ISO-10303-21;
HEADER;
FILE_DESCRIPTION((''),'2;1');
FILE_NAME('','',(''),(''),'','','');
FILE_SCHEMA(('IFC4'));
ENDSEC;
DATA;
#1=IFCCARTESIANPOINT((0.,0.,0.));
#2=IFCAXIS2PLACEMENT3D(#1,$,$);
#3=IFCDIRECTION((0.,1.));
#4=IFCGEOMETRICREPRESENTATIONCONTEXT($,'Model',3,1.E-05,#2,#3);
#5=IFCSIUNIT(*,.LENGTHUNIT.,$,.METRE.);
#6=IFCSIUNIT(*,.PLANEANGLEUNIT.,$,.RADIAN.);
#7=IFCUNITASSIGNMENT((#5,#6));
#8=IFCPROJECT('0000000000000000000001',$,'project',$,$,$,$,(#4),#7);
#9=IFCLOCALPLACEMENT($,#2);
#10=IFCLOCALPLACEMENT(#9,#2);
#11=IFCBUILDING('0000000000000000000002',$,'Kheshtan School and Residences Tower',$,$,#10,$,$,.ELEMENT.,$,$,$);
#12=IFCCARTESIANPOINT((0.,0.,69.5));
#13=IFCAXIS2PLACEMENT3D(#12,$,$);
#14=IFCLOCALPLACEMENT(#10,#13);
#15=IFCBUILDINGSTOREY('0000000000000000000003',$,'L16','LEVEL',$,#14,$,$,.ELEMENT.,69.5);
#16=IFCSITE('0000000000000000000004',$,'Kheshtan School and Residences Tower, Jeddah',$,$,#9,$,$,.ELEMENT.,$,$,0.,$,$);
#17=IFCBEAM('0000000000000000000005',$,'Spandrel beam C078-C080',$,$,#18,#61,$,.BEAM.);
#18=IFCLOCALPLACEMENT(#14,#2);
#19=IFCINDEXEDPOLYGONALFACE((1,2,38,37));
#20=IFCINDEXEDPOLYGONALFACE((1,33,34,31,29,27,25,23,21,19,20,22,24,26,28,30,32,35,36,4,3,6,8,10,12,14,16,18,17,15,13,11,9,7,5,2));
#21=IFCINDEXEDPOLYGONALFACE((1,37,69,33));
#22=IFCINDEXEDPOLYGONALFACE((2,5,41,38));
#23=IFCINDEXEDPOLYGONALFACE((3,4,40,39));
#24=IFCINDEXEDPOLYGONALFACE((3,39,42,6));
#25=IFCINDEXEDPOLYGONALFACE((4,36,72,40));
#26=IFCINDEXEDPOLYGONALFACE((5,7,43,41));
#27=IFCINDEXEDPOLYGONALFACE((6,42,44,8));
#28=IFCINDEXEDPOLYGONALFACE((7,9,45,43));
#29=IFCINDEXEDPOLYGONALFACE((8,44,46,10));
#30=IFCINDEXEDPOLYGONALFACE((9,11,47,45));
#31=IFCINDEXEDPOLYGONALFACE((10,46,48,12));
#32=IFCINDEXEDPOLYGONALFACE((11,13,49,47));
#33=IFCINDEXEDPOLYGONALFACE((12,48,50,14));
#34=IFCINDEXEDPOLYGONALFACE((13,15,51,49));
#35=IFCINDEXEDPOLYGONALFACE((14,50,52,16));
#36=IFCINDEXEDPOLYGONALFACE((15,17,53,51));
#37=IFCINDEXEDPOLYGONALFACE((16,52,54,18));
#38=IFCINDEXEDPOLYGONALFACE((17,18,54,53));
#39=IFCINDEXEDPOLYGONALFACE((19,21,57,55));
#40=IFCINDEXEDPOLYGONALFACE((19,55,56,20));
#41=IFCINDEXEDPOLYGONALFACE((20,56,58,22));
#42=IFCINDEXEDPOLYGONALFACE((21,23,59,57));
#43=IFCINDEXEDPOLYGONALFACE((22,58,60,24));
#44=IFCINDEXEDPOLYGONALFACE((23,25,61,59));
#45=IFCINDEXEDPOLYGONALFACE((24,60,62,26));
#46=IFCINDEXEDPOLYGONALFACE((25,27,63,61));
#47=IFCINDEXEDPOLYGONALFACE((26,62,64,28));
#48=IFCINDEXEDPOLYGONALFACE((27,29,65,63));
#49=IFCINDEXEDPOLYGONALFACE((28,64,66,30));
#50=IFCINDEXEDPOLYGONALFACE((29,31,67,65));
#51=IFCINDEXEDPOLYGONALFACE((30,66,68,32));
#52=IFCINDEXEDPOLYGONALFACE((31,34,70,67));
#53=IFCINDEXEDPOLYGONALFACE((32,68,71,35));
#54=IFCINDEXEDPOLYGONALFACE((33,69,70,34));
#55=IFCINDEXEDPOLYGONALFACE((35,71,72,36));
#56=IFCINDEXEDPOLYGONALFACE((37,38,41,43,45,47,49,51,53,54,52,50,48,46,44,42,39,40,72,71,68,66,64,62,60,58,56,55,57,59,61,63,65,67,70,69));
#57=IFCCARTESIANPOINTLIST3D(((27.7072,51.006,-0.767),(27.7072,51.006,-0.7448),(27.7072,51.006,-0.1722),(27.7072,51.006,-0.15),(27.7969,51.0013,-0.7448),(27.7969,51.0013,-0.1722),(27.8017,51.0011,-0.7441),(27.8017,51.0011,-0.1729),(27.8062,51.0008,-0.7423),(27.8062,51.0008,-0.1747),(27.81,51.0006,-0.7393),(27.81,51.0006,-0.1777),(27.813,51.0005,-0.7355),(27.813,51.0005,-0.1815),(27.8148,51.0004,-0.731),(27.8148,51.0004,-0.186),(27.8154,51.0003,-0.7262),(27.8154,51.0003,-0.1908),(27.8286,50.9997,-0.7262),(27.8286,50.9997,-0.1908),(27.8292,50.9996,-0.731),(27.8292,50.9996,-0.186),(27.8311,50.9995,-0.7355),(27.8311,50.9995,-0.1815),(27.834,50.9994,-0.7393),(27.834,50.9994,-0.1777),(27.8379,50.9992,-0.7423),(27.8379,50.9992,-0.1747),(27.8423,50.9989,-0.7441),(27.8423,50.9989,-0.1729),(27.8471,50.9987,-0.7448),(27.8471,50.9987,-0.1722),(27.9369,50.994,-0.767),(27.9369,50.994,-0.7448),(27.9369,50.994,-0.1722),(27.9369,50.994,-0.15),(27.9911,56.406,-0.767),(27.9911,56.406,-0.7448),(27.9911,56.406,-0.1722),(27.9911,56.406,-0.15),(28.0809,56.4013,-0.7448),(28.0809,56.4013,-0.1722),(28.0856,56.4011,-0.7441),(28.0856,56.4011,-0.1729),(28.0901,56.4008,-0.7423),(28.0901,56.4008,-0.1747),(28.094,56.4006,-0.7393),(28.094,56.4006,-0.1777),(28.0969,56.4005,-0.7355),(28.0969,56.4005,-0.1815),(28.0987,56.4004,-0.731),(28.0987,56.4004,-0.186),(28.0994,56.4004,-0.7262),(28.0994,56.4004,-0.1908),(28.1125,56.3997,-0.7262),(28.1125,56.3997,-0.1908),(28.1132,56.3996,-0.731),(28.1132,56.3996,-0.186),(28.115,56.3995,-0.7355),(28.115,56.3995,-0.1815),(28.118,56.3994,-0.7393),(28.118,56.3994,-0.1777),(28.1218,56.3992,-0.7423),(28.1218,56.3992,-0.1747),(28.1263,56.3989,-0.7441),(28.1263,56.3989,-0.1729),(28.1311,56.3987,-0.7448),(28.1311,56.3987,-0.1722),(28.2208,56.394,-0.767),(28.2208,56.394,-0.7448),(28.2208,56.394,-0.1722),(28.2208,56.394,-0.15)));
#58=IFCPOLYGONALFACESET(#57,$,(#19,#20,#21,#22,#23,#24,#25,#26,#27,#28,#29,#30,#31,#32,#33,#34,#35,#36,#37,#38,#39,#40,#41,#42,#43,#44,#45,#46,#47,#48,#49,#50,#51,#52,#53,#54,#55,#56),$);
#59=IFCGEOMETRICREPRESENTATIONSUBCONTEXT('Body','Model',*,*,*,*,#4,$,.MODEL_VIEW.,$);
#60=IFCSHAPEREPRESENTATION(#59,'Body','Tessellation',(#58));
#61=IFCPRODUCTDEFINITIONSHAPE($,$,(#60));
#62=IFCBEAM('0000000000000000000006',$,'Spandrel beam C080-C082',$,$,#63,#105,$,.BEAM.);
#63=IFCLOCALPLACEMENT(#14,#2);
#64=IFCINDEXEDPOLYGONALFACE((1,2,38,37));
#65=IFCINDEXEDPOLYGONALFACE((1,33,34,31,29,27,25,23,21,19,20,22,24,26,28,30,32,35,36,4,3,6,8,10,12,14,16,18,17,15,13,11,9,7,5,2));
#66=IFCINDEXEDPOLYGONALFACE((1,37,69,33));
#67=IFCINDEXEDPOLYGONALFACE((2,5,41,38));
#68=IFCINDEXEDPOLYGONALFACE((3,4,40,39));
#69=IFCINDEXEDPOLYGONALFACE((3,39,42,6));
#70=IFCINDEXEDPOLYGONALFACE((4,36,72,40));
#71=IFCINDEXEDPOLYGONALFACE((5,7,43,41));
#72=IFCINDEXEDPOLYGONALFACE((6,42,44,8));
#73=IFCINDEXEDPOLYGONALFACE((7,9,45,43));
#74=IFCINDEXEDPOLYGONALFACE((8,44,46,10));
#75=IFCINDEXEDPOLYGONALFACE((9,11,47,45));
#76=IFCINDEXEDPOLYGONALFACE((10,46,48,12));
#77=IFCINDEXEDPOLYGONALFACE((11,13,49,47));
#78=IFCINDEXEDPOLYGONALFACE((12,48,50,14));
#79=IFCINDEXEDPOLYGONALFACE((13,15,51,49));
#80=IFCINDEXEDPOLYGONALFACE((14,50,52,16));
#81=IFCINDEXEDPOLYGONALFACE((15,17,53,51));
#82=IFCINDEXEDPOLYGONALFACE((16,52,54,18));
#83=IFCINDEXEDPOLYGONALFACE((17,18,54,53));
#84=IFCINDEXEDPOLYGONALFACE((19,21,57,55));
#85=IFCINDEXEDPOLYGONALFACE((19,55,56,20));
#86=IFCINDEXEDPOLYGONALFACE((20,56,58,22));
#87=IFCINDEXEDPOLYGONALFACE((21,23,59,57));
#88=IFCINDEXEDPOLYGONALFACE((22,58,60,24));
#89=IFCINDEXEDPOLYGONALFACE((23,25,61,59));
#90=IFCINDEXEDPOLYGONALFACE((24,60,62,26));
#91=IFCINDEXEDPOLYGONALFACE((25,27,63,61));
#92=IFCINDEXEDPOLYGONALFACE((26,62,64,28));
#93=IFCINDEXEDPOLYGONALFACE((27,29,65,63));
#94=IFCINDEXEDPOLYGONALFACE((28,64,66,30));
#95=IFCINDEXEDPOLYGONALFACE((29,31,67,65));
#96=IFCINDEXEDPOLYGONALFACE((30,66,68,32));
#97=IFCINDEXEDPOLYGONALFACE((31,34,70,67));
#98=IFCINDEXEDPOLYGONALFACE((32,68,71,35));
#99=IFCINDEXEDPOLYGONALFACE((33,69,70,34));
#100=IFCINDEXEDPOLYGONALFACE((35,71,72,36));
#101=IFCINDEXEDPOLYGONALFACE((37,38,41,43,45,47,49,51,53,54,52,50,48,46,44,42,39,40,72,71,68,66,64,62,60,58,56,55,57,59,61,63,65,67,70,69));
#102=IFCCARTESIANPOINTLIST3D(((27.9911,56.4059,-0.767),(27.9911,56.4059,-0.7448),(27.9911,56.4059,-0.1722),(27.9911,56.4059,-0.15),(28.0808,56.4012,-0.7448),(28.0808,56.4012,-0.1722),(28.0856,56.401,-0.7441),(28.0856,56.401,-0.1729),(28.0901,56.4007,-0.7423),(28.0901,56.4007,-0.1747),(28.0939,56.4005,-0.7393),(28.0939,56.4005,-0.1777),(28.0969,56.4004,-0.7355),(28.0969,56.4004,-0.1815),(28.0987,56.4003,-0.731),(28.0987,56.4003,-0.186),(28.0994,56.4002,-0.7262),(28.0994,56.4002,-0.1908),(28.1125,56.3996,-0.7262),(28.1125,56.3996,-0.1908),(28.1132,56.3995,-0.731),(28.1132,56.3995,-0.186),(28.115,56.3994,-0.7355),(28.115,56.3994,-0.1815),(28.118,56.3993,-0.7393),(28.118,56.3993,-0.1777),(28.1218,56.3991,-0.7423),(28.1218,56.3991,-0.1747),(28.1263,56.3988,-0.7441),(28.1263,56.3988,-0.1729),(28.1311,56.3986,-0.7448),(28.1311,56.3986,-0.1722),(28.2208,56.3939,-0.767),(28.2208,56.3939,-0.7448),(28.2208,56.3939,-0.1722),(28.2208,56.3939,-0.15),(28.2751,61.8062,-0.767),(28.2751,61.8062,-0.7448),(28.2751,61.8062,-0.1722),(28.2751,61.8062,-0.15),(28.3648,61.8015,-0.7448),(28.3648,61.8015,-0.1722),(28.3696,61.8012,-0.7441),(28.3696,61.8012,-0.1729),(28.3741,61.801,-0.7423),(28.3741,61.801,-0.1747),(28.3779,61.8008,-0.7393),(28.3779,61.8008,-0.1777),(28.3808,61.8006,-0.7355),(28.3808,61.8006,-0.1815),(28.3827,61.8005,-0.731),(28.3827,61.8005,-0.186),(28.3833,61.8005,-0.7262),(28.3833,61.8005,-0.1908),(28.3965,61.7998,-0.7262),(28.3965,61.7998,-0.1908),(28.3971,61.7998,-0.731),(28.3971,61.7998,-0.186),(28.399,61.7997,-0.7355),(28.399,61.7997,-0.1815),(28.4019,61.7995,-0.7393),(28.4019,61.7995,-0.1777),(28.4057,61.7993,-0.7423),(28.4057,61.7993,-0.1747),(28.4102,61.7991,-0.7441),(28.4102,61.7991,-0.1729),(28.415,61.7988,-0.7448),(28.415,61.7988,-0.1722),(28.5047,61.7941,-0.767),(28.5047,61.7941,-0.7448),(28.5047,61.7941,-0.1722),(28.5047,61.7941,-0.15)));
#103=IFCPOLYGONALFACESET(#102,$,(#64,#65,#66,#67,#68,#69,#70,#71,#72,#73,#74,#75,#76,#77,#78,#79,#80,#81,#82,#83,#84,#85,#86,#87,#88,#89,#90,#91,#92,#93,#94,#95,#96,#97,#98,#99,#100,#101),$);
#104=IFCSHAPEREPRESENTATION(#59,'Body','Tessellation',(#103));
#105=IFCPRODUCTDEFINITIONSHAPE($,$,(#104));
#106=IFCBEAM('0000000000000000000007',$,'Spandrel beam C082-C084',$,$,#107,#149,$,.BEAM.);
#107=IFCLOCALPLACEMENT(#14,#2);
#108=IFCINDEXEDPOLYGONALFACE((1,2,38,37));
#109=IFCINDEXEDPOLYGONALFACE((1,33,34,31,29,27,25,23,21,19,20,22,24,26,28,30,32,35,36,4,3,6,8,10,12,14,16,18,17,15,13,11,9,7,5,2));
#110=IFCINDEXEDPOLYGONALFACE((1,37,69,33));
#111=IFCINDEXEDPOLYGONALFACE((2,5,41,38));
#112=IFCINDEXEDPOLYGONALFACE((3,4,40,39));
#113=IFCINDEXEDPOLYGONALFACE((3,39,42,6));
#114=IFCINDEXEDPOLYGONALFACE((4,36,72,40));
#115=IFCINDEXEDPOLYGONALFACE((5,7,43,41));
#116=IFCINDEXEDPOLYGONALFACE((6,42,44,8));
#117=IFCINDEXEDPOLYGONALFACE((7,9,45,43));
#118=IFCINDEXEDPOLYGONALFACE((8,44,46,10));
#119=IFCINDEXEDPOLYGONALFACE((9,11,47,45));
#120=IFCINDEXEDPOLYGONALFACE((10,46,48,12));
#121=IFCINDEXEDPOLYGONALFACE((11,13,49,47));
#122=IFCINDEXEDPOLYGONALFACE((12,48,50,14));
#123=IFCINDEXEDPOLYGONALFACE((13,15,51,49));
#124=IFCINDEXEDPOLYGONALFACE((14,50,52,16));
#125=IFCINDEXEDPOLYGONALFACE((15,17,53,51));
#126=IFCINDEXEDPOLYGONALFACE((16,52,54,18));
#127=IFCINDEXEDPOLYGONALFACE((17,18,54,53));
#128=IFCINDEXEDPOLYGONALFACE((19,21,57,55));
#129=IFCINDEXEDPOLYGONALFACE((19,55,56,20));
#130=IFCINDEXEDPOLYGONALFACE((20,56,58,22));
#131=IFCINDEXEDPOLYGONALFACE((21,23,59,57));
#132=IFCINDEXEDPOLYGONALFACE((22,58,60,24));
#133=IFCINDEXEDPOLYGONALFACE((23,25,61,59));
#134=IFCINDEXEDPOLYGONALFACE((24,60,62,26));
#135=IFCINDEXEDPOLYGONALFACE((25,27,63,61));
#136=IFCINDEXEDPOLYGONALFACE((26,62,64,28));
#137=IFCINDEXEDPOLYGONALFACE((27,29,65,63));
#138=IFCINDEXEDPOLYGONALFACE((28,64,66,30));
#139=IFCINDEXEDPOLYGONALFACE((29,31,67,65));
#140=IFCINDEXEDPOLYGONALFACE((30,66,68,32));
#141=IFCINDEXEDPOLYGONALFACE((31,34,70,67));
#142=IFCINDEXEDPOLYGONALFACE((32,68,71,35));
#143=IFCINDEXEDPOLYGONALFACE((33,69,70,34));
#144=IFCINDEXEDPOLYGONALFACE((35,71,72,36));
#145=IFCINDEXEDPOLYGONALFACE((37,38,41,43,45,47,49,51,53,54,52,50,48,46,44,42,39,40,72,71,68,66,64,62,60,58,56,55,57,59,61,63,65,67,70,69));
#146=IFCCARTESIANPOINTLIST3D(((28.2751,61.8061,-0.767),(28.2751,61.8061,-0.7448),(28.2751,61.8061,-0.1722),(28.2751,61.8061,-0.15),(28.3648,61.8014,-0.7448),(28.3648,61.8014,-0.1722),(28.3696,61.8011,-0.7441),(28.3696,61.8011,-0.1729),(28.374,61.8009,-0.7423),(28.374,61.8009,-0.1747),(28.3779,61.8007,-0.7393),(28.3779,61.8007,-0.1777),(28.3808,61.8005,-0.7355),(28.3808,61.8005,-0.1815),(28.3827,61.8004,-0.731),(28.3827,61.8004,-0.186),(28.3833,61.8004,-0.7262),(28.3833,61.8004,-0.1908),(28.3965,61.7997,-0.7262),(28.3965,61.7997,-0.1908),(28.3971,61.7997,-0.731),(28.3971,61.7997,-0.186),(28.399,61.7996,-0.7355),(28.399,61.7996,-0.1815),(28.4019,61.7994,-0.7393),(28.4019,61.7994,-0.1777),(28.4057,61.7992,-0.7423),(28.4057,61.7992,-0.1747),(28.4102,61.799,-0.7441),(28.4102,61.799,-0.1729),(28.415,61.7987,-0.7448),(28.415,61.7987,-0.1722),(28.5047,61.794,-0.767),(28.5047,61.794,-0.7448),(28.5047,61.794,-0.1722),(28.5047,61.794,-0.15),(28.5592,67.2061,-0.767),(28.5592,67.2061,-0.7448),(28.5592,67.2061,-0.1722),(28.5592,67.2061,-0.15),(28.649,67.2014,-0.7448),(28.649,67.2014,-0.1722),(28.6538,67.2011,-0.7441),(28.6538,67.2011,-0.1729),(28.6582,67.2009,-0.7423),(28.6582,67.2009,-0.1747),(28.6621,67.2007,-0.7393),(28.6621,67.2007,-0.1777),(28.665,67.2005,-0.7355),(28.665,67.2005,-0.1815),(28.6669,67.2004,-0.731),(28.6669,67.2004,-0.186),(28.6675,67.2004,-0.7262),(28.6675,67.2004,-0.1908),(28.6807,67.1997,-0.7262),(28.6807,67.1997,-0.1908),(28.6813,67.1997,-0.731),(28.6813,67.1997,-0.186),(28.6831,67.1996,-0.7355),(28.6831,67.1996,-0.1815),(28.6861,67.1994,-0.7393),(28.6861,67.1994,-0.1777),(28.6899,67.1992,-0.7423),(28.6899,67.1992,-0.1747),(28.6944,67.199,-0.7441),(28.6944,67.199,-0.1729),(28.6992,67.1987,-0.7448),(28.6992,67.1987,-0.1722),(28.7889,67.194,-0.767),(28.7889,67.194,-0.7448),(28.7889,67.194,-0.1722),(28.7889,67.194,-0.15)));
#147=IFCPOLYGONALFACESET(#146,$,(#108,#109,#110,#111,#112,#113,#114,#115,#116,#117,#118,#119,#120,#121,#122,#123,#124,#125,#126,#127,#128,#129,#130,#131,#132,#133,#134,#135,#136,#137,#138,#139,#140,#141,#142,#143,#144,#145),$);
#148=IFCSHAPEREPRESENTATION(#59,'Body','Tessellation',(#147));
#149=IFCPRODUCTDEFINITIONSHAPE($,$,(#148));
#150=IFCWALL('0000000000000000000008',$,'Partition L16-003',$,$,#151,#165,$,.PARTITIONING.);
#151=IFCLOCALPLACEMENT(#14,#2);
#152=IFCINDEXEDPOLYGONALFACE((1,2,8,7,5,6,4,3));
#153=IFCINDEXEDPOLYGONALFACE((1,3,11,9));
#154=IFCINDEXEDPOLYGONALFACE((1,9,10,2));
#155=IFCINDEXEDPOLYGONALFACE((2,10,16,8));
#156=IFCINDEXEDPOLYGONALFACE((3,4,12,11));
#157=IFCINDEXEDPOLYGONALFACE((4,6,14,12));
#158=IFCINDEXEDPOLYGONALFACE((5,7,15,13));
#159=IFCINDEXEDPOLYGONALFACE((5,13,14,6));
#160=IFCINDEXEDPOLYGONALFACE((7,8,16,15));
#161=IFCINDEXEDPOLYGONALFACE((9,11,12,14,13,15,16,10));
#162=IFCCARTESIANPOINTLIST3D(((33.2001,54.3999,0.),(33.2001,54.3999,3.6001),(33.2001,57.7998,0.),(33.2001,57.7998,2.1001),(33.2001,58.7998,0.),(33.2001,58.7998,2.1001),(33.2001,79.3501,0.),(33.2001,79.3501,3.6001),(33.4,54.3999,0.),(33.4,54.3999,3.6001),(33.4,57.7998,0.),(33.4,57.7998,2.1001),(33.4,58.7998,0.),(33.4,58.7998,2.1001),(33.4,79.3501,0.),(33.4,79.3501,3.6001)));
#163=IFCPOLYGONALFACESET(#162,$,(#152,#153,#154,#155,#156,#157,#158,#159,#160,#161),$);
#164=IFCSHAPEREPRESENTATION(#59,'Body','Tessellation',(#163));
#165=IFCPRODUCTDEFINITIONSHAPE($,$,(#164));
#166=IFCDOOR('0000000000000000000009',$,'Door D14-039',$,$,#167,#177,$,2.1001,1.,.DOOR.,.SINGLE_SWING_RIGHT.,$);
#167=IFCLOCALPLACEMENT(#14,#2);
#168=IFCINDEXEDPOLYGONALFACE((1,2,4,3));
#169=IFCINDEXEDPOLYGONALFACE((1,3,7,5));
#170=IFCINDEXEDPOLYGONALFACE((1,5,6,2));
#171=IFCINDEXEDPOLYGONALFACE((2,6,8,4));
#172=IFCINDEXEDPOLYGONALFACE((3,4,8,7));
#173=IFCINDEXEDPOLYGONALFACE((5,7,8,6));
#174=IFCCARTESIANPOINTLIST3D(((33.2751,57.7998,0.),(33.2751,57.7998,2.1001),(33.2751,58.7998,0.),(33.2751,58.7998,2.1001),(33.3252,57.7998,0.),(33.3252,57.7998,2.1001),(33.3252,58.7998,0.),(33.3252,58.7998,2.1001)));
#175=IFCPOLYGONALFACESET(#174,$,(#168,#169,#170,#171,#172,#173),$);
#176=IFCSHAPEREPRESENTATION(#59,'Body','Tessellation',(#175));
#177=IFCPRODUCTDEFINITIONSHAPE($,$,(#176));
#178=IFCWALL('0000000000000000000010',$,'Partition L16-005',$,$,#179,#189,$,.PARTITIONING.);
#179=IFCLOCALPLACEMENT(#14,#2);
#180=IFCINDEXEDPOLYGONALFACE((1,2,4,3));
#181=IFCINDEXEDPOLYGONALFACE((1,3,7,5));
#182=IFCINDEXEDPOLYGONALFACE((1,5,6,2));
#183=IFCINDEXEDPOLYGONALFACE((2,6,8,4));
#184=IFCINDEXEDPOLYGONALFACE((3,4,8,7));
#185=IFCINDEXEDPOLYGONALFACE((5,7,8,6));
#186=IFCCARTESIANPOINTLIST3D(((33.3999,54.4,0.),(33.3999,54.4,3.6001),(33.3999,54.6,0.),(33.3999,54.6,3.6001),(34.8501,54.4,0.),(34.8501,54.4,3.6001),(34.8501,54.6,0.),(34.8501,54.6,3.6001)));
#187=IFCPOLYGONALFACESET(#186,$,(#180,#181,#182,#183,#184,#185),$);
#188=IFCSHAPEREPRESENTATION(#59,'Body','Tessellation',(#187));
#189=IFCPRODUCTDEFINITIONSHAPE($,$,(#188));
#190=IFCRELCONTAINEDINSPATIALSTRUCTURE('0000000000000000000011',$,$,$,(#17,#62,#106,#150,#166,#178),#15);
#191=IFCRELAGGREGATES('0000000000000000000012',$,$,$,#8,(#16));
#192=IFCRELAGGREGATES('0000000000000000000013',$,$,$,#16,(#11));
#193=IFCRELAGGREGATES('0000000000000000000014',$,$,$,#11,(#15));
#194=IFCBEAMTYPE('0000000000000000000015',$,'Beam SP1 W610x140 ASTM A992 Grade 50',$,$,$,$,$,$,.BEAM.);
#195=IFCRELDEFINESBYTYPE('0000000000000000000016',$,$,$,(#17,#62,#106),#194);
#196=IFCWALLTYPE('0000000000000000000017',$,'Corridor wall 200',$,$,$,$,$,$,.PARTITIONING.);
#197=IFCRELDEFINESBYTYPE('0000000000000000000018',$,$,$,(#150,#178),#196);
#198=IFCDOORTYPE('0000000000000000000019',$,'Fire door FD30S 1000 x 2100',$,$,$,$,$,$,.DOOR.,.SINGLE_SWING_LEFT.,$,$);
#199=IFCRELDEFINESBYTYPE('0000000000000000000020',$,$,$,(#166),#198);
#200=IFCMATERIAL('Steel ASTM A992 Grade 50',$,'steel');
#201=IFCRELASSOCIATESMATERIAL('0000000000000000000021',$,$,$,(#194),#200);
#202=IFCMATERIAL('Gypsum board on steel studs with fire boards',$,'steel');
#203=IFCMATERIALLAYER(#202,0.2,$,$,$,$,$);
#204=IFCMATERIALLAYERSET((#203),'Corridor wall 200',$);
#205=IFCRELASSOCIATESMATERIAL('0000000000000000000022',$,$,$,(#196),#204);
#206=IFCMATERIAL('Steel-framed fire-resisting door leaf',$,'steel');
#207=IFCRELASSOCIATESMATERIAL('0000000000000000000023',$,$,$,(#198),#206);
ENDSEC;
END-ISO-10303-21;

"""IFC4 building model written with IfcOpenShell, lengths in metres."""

from ifc_helpers import new_model, si_unit, direction, frame, frame_2d, origin, origin_2d, place, context, subcontext, project, spatial, rectangle, i_section, extrude, source, transform, mapped, material, layer, layer_set, material_profile, profile_set, type_object, element, fill, save


model = new_model("IFC4")

# Units and contexts
model_context = context("Model", 3, precision=1e-05, world=origin(), true_north=direction((0.0, 1.0)))
body_context = subcontext(model_context, "Body", "Model", "MODEL_VIEW")
ifc_project = project(units=[si_unit("LENGTHUNIT", "METRE"), si_unit("PLANEANGLEUNIT", "RADIAN")], contexts=[model_context])

# Site, building, storey
site_placement = place(None, origin())
site = spatial("IfcSite", under=ifc_project, at=site_placement, Name="Kheshtan School and Residences Tower, Jeddah", CompositionType="ELEMENT", RefElevation=0.0)
building_placement = place(site_placement, origin())
building = spatial("IfcBuilding", under=site, at=building_placement, Name="Kheshtan School and Residences Tower", CompositionType="ELEMENT")
storey_placement = place(building_placement, frame((0.0, 0.0, 69.5)))
storey = spatial("IfcBuildingStorey", under=building, at=storey_placement, Name="L16", Description="LEVEL", CompositionType="ELEMENT", Elevation=69.5)

# Shared definitions
ifc_material_1 = material(Name="Steel ASTM A992 Grade 50", Category="steel")

# Beams
ifc_material_profile_1 = material_profile(ifc_material_1, i_section(OverallWidth=0.23, OverallDepth=0.6169, WebThickness=0.0132, FlangeThickness=0.0222, FilletRadius=0.0186, at=origin_2d()), Name="W610x140")
ifc_profile_set_1 = profile_set([ifc_material_profile_1], Name="Steel ASTM A992 Grade 50")
beam_type_1 = type_object("IfcBeamType", Name="Beam SP1 W610x140 ASTM A992 Grade 50", PredefinedType="BEAM", material=ifc_profile_set_1)
beam_1_placement = place(storey_placement, frame((27.822, 51.0, -0.4585), z_axis=(0.052509, 0.99862, 0.0), x_axis=(-0.99862, 0.052509, 0.0)))
element("IfcBeam", 1, at=beam_1_placement, inside=storey, type_object=beam_type_1, Name="Spandrel beam C078-C080", PredefinedType="BEAM", context=body_context, shape_type="SweptSolid", body=[
    extrude(i_section(OverallWidth=0.23, OverallDepth=0.6169, WebThickness=0.0132, FlangeThickness=0.0222, FilletRadius=0.0186, at=origin_2d()), origin(), (0.0, 0.0, 1.0), 5.4075),
])
beam_2_placement = place(storey_placement, frame((28.106, 56.3999, -0.4585), z_axis=(0.052507, 0.998621, 0.0), x_axis=(-0.998621, 0.052507, 0.0)))
element("IfcBeam", 2, at=beam_2_placement, inside=storey, type_object=beam_type_1, Name="Spandrel beam C080-C082", PredefinedType="BEAM", context=body_context, shape_type="SweptSolid", body=[
    extrude(i_section(OverallWidth=0.23, OverallDepth=0.6169, WebThickness=0.0132, FlangeThickness=0.0222, FilletRadius=0.0186, at=origin_2d()), origin(), (0.0, 0.0, 1.0), 5.4077),
])
beam_3_placement = place(storey_placement, frame((28.3899, 61.8, -0.4585), z_axis=(0.052554, 0.998618, 0.0), x_axis=(-0.998618, 0.052554, 0.0)))
element("IfcBeam", 3, at=beam_3_placement, inside=storey, type_object=beam_type_1, Name="Spandrel beam C082-C084", PredefinedType="BEAM", context=body_context, shape_type="SweptSolid", body=[
    extrude(i_section(OverallWidth=0.23, OverallDepth=0.6169, WebThickness=0.0132, FlangeThickness=0.0222, FilletRadius=0.0186, at=origin_2d()), origin(), (0.0, 0.0, 1.0), 5.4075),
])

# Wall, opening, door
ifc_material_2 = material(Name="Gypsum board on steel studs with fire boards", Category="steel")
ifc_layer_1 = layer(ifc_material_2, 0.2)
ifc_layer_set_1 = layer_set([ifc_layer_1], Name="Corridor wall 200")
wall_type_1 = type_object("IfcWallType", Name="Corridor wall 200", PredefinedType="PARTITIONING", material=ifc_layer_set_1)
wall_1_placement = place(storey_placement, frame((33.3, 54.3999, 0.0), z_axis=(0.0, 0.0, 1.0), x_axis=(0.0, 1.0, 0.0)))
wall_1 = element("IfcWall", 4, at=wall_1_placement, inside=storey, type_object=wall_type_1, Name="Partition L16-003", PredefinedType="PARTITIONING", context=body_context, shape_type="SweptSolid", body=[
    extrude(rectangle(XDim=24.9502, YDim=0.2, at=frame_2d((12.4751, 0.0))), origin(), (0.0, 0.0, 1.0), 3.6001),
])
opening_1_placement = place(wall_1_placement, frame((3.3999, 0.0, 0.0)))
opening_1 = element("IfcOpeningElement", 5, at=opening_1_placement, cuts=wall_1, PredefinedType="OPENING", context=body_context, shape_type="SweptSolid", body=[
    extrude(rectangle(XDim=1.0, YDim=2.1001, at=frame_2d((0.5, 1.05))), frame((0.0, 0.1099, 0.0), z_axis=(0.0, -1.0, 0.0), x_axis=(1.0, 0.0, 0.0)), (0.0, 0.0, 1.0), 0.22),
])
ifc_material_3 = material(Name="Steel-framed fire-resisting door leaf", Category="steel")
door_type_1 = type_object("IfcDoorType", Name="Fire door FD30S 1000 x 2100", OperationType="SINGLE_SWING_LEFT", PredefinedType="DOOR", material=ifc_material_3)
shared_shape_1 = source(origin(), body_context, "Body", "SweptSolid", [
    extrude(rectangle(XDim=1.0, YDim=2.1001, at=frame_2d((0.5, 1.05))), frame((0.0, 0.0249, 0.0), z_axis=(0.0, -1.0, 0.0), x_axis=(1.0, 0.0, 0.0)), (0.0, 0.0, 1.0), 0.05),
])
door_1_placement = place(opening_1_placement, origin())
door_1 = element("IfcDoor", 6, at=door_1_placement, inside=storey, type_object=door_type_1, Name="Door D14-039", OperationType="SINGLE_SWING_RIGHT", OverallHeight=2.1001, OverallWidth=1.0, PredefinedType="DOOR", context=body_context, shape_type="MappedRepresentation", body=[
    mapped(shared_shape_1, transform((0.0, 0.0, 0.0), x_axis=(1.0, 0.0, 0.0), y_axis=(0.0, 1.0, 0.0), z_axis=(0.0, 0.0, 1.0), scale=1.0)),
])
fill(opening_1, door_1)

# Wall
wall_2_placement = place(storey_placement, frame((33.3999, 54.5, 0.0), z_axis=(0.0, 0.0, 1.0), x_axis=(1.0, 0.0, 0.0)))
element("IfcWall", 7, at=wall_2_placement, inside=storey, type_object=wall_type_1, Name="Partition L16-005", PredefinedType="PARTITIONING", context=body_context, shape_type="SweptSolid", body=[
    extrude(rectangle(XDim=1.4502, YDim=0.2, at=frame_2d((0.7251, 0.0))), origin(), (0.0, 0.0, 1.0), 3.6001),
])

save(model, "model.ifc")
